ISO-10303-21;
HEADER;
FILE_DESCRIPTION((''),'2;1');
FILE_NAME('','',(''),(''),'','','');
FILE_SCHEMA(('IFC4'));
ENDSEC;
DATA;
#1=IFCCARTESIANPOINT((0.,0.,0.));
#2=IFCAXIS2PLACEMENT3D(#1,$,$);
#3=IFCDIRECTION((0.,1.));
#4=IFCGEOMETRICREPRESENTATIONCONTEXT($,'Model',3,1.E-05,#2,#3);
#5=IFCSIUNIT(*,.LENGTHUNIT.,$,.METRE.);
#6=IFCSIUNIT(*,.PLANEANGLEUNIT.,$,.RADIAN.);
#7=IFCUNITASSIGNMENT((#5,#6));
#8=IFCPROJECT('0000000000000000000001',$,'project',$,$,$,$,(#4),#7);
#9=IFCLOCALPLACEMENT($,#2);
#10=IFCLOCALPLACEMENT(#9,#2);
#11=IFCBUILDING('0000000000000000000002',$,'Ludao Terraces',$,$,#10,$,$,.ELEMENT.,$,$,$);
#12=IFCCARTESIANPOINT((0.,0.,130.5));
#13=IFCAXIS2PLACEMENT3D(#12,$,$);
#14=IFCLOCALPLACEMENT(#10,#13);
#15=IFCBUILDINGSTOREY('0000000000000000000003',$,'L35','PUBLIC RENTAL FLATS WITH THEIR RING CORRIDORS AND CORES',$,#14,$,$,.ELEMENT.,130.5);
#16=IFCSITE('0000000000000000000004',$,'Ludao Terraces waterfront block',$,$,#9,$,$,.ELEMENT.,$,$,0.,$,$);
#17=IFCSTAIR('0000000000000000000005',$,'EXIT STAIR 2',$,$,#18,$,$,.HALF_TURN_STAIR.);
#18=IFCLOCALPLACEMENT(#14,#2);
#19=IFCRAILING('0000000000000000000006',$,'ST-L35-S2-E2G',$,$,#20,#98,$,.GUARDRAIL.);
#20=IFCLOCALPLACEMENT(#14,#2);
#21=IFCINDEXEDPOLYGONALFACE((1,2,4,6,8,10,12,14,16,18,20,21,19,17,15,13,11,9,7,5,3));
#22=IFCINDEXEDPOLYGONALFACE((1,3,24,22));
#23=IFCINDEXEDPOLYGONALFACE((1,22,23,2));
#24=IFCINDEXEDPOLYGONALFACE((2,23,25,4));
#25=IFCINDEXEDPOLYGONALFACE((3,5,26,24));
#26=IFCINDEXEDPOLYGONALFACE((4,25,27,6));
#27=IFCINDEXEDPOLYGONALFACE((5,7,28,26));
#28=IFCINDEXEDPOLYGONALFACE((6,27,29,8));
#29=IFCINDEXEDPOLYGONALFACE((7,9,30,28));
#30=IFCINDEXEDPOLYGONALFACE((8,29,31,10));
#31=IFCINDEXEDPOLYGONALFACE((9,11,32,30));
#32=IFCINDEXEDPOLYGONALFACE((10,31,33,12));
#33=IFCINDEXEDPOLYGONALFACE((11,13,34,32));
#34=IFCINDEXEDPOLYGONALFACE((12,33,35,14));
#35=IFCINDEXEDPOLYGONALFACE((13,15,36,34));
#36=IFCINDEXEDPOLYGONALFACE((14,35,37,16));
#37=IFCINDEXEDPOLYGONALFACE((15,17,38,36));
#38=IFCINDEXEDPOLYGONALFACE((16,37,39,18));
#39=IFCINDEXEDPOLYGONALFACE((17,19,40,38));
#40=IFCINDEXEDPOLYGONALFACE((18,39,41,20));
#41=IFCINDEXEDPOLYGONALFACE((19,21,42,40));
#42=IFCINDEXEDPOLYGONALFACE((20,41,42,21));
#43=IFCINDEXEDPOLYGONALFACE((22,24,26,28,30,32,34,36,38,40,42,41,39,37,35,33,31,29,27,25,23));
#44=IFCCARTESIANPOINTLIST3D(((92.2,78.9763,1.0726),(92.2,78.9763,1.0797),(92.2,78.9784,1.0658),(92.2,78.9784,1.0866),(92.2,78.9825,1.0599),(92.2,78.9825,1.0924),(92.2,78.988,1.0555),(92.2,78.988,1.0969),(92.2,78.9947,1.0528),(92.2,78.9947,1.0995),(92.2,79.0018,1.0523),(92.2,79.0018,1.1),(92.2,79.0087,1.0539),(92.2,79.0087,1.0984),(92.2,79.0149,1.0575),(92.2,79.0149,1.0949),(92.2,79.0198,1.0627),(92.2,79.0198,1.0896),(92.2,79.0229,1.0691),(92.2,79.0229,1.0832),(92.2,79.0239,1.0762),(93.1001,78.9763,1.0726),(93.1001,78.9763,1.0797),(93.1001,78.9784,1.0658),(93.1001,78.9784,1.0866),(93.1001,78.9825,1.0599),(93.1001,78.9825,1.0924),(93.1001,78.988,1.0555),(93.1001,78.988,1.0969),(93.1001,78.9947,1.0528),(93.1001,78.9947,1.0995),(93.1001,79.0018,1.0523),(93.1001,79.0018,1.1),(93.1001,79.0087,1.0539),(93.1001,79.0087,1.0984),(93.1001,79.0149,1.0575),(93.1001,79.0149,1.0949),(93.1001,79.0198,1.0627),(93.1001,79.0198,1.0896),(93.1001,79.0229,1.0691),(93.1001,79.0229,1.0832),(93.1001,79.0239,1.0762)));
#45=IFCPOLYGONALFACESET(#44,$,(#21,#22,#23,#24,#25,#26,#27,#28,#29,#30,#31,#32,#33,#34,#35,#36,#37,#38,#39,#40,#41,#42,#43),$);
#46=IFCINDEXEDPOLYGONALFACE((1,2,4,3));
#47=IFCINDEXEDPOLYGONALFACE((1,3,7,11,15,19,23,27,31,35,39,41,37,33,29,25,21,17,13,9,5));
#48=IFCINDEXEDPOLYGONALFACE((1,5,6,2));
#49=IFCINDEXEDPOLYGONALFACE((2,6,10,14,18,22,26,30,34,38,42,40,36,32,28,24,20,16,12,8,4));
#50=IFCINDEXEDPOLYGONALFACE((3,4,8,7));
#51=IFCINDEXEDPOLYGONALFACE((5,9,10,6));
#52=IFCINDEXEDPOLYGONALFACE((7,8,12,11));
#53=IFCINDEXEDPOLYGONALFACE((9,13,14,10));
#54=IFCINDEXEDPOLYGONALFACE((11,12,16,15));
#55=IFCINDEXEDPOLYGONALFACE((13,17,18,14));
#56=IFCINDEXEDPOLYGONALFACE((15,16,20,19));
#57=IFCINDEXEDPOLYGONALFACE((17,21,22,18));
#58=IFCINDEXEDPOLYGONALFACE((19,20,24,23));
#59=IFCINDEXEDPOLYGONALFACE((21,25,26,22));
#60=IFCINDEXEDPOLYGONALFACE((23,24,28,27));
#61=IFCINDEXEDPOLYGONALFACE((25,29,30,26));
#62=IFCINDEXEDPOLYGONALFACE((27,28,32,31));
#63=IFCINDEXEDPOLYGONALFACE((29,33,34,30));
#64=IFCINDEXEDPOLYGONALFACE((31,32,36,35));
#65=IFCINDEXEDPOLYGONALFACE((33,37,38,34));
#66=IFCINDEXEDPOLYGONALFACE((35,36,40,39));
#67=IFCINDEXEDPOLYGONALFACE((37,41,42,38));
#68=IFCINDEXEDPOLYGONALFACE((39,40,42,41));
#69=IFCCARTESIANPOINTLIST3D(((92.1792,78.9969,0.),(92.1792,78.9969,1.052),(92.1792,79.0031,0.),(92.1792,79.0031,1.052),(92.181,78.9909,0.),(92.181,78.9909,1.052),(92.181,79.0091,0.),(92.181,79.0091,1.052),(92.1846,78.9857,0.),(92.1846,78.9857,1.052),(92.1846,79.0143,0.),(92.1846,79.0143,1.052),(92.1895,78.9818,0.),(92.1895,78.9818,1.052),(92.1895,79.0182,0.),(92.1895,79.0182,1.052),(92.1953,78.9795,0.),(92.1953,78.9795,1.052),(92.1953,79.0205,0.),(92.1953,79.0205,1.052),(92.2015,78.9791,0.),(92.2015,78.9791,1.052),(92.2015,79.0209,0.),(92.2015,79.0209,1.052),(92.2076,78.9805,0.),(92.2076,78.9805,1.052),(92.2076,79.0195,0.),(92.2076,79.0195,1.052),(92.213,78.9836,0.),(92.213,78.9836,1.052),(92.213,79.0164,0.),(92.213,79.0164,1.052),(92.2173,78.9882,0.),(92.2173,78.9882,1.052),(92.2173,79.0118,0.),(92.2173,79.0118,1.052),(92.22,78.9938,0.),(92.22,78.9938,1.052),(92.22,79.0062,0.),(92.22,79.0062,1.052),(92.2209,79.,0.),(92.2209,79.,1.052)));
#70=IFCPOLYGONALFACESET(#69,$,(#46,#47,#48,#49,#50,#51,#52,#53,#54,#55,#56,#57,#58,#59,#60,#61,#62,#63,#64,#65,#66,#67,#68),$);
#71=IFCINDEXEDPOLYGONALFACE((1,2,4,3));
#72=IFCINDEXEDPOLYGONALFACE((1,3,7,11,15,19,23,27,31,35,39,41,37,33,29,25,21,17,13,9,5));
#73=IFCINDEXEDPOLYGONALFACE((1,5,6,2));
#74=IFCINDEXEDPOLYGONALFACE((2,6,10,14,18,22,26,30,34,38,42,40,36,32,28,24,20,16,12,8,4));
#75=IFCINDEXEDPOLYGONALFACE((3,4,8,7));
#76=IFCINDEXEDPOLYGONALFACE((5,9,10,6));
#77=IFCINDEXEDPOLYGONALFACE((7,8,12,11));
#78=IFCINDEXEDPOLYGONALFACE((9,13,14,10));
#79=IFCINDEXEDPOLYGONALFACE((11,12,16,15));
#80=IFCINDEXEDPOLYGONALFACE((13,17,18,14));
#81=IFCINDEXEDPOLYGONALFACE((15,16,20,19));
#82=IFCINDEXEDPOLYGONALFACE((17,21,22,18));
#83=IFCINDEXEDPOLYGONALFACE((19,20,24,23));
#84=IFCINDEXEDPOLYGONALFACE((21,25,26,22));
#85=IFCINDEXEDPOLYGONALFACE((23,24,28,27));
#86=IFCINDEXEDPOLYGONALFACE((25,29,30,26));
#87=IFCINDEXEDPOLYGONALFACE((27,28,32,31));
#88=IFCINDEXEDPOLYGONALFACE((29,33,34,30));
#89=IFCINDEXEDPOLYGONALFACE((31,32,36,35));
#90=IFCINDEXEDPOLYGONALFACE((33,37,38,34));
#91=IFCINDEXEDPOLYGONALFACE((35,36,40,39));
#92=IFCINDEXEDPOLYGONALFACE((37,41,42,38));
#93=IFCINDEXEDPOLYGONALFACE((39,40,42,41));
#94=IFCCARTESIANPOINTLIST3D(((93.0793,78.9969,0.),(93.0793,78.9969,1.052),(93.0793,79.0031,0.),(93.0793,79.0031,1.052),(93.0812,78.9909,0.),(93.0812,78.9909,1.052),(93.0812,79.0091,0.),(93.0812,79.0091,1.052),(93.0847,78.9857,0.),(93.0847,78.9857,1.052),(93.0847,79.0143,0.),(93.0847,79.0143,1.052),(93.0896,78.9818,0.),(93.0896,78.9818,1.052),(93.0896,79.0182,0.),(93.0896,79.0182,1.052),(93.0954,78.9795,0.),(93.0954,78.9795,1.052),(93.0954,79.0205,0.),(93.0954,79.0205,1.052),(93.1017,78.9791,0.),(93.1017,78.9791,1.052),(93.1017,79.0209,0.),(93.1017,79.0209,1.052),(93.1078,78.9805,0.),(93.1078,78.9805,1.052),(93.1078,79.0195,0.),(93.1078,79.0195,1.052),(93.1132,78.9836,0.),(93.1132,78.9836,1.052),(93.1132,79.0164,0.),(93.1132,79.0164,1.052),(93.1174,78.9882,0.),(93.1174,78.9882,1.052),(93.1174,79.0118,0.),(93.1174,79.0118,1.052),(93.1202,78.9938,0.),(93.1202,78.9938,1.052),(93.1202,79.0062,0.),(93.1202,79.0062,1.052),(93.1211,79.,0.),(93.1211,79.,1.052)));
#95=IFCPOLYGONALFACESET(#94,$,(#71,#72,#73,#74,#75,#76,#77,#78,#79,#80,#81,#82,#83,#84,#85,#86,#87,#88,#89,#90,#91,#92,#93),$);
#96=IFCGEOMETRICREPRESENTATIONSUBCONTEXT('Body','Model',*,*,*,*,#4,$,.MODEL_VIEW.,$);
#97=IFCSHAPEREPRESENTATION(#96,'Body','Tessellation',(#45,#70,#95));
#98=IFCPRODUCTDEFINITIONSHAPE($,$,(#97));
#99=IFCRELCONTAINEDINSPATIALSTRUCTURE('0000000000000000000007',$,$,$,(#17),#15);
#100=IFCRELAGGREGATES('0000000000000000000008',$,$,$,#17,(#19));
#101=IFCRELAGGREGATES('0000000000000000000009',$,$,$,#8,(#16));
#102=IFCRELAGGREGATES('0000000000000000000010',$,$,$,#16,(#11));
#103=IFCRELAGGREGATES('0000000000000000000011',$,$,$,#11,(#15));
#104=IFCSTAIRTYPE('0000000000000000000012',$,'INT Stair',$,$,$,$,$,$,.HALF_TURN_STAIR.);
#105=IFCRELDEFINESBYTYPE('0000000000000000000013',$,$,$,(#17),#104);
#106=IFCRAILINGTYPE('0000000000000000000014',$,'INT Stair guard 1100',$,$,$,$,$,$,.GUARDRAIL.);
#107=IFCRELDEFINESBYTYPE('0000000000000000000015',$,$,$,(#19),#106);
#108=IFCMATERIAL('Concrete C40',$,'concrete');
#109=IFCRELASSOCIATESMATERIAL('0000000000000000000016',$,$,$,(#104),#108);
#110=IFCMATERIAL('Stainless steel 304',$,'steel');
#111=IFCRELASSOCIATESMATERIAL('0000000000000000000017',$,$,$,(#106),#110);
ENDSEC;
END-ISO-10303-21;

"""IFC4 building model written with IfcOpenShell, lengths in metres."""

from ifc_helpers import new_model, si_unit, direction, frame, origin, origin_2d, place, context, subcontext, project, spatial, circle, extrude, material, type_object, element, aggregate, save


model = new_model("IFC4")

# Units and contexts
model_context = context("Model", 3, precision=1e-05, world=origin(), true_north=direction((0.0, 1.0)))
body_context = subcontext(model_context, "Body", "Model", "MODEL_VIEW")
ifc_project = project(units=[si_unit("LENGTHUNIT", "METRE"), si_unit("PLANEANGLEUNIT", "RADIAN")], contexts=[model_context])

# Site, building, storey
site_placement = place(None, origin())
site = spatial("IfcSite", under=ifc_project, at=site_placement, Name="Ludao Terraces waterfront block", CompositionType="ELEMENT", RefElevation=0.0)
building_placement = place(site_placement, origin())
building = spatial("IfcBuilding", under=site, at=building_placement, Name="Ludao Terraces", CompositionType="ELEMENT")
storey_placement = place(building_placement, frame((0.0, 0.0, 130.5)))
storey = spatial("IfcBuildingStorey", under=building, at=storey_placement, Name="L35", Description="PUBLIC RENTAL FLATS WITH THEIR RING CORRIDORS AND CORES", CompositionType="ELEMENT", Elevation=130.5)

# Stair, railing
ifc_material_1 = material(Name="Concrete C40", Category="concrete")
stair_type = type_object("IfcStairType", Name="INT Stair", PredefinedType="HALF_TURN_STAIR", material=ifc_material_1)
stair_placement = place(storey_placement, origin())
stair = element("IfcStair", 1, at=stair_placement, inside=storey, type_object=stair_type, Name="EXIT STAIR 2", PredefinedType="HALF_TURN_STAIR")
ifc_material_2 = material(Name="Stainless steel 304", Category="steel")
railing_type_1 = type_object("IfcRailingType", Name="INT Stair guard 1100", PredefinedType="GUARDRAIL", material=ifc_material_2)
railing_1_placement = place(storey_placement, frame((92.2, 79.0, 0.0)))
railing_1 = element("IfcRailing", 2, at=railing_1_placement, type_object=railing_type_1, Name="ST-L35-S2-E2G", PredefinedType="GUARDRAIL", context=body_context, shape_type="SweptSolid", body=[
    extrude(circle(Radius=0.0239, at=origin_2d()), frame((0.0, 0.0, 1.0762), z_axis=(1.0, 0.0, 0.0), x_axis=(0.0, 1.0, 0.0)), (0.0, 0.0, 1.0), 0.9001),
    extrude(circle(Radius=0.021, at=origin_2d()), origin(), (0.0, 0.0, 1.0), 1.052),
    extrude(circle(Radius=0.021, at=origin_2d()), frame((0.9001, 0.0, 0.0)), (0.0, 0.0, 1.0), 1.052),
])
aggregate(stair, [railing_1])

save(model, "model.ifc")
